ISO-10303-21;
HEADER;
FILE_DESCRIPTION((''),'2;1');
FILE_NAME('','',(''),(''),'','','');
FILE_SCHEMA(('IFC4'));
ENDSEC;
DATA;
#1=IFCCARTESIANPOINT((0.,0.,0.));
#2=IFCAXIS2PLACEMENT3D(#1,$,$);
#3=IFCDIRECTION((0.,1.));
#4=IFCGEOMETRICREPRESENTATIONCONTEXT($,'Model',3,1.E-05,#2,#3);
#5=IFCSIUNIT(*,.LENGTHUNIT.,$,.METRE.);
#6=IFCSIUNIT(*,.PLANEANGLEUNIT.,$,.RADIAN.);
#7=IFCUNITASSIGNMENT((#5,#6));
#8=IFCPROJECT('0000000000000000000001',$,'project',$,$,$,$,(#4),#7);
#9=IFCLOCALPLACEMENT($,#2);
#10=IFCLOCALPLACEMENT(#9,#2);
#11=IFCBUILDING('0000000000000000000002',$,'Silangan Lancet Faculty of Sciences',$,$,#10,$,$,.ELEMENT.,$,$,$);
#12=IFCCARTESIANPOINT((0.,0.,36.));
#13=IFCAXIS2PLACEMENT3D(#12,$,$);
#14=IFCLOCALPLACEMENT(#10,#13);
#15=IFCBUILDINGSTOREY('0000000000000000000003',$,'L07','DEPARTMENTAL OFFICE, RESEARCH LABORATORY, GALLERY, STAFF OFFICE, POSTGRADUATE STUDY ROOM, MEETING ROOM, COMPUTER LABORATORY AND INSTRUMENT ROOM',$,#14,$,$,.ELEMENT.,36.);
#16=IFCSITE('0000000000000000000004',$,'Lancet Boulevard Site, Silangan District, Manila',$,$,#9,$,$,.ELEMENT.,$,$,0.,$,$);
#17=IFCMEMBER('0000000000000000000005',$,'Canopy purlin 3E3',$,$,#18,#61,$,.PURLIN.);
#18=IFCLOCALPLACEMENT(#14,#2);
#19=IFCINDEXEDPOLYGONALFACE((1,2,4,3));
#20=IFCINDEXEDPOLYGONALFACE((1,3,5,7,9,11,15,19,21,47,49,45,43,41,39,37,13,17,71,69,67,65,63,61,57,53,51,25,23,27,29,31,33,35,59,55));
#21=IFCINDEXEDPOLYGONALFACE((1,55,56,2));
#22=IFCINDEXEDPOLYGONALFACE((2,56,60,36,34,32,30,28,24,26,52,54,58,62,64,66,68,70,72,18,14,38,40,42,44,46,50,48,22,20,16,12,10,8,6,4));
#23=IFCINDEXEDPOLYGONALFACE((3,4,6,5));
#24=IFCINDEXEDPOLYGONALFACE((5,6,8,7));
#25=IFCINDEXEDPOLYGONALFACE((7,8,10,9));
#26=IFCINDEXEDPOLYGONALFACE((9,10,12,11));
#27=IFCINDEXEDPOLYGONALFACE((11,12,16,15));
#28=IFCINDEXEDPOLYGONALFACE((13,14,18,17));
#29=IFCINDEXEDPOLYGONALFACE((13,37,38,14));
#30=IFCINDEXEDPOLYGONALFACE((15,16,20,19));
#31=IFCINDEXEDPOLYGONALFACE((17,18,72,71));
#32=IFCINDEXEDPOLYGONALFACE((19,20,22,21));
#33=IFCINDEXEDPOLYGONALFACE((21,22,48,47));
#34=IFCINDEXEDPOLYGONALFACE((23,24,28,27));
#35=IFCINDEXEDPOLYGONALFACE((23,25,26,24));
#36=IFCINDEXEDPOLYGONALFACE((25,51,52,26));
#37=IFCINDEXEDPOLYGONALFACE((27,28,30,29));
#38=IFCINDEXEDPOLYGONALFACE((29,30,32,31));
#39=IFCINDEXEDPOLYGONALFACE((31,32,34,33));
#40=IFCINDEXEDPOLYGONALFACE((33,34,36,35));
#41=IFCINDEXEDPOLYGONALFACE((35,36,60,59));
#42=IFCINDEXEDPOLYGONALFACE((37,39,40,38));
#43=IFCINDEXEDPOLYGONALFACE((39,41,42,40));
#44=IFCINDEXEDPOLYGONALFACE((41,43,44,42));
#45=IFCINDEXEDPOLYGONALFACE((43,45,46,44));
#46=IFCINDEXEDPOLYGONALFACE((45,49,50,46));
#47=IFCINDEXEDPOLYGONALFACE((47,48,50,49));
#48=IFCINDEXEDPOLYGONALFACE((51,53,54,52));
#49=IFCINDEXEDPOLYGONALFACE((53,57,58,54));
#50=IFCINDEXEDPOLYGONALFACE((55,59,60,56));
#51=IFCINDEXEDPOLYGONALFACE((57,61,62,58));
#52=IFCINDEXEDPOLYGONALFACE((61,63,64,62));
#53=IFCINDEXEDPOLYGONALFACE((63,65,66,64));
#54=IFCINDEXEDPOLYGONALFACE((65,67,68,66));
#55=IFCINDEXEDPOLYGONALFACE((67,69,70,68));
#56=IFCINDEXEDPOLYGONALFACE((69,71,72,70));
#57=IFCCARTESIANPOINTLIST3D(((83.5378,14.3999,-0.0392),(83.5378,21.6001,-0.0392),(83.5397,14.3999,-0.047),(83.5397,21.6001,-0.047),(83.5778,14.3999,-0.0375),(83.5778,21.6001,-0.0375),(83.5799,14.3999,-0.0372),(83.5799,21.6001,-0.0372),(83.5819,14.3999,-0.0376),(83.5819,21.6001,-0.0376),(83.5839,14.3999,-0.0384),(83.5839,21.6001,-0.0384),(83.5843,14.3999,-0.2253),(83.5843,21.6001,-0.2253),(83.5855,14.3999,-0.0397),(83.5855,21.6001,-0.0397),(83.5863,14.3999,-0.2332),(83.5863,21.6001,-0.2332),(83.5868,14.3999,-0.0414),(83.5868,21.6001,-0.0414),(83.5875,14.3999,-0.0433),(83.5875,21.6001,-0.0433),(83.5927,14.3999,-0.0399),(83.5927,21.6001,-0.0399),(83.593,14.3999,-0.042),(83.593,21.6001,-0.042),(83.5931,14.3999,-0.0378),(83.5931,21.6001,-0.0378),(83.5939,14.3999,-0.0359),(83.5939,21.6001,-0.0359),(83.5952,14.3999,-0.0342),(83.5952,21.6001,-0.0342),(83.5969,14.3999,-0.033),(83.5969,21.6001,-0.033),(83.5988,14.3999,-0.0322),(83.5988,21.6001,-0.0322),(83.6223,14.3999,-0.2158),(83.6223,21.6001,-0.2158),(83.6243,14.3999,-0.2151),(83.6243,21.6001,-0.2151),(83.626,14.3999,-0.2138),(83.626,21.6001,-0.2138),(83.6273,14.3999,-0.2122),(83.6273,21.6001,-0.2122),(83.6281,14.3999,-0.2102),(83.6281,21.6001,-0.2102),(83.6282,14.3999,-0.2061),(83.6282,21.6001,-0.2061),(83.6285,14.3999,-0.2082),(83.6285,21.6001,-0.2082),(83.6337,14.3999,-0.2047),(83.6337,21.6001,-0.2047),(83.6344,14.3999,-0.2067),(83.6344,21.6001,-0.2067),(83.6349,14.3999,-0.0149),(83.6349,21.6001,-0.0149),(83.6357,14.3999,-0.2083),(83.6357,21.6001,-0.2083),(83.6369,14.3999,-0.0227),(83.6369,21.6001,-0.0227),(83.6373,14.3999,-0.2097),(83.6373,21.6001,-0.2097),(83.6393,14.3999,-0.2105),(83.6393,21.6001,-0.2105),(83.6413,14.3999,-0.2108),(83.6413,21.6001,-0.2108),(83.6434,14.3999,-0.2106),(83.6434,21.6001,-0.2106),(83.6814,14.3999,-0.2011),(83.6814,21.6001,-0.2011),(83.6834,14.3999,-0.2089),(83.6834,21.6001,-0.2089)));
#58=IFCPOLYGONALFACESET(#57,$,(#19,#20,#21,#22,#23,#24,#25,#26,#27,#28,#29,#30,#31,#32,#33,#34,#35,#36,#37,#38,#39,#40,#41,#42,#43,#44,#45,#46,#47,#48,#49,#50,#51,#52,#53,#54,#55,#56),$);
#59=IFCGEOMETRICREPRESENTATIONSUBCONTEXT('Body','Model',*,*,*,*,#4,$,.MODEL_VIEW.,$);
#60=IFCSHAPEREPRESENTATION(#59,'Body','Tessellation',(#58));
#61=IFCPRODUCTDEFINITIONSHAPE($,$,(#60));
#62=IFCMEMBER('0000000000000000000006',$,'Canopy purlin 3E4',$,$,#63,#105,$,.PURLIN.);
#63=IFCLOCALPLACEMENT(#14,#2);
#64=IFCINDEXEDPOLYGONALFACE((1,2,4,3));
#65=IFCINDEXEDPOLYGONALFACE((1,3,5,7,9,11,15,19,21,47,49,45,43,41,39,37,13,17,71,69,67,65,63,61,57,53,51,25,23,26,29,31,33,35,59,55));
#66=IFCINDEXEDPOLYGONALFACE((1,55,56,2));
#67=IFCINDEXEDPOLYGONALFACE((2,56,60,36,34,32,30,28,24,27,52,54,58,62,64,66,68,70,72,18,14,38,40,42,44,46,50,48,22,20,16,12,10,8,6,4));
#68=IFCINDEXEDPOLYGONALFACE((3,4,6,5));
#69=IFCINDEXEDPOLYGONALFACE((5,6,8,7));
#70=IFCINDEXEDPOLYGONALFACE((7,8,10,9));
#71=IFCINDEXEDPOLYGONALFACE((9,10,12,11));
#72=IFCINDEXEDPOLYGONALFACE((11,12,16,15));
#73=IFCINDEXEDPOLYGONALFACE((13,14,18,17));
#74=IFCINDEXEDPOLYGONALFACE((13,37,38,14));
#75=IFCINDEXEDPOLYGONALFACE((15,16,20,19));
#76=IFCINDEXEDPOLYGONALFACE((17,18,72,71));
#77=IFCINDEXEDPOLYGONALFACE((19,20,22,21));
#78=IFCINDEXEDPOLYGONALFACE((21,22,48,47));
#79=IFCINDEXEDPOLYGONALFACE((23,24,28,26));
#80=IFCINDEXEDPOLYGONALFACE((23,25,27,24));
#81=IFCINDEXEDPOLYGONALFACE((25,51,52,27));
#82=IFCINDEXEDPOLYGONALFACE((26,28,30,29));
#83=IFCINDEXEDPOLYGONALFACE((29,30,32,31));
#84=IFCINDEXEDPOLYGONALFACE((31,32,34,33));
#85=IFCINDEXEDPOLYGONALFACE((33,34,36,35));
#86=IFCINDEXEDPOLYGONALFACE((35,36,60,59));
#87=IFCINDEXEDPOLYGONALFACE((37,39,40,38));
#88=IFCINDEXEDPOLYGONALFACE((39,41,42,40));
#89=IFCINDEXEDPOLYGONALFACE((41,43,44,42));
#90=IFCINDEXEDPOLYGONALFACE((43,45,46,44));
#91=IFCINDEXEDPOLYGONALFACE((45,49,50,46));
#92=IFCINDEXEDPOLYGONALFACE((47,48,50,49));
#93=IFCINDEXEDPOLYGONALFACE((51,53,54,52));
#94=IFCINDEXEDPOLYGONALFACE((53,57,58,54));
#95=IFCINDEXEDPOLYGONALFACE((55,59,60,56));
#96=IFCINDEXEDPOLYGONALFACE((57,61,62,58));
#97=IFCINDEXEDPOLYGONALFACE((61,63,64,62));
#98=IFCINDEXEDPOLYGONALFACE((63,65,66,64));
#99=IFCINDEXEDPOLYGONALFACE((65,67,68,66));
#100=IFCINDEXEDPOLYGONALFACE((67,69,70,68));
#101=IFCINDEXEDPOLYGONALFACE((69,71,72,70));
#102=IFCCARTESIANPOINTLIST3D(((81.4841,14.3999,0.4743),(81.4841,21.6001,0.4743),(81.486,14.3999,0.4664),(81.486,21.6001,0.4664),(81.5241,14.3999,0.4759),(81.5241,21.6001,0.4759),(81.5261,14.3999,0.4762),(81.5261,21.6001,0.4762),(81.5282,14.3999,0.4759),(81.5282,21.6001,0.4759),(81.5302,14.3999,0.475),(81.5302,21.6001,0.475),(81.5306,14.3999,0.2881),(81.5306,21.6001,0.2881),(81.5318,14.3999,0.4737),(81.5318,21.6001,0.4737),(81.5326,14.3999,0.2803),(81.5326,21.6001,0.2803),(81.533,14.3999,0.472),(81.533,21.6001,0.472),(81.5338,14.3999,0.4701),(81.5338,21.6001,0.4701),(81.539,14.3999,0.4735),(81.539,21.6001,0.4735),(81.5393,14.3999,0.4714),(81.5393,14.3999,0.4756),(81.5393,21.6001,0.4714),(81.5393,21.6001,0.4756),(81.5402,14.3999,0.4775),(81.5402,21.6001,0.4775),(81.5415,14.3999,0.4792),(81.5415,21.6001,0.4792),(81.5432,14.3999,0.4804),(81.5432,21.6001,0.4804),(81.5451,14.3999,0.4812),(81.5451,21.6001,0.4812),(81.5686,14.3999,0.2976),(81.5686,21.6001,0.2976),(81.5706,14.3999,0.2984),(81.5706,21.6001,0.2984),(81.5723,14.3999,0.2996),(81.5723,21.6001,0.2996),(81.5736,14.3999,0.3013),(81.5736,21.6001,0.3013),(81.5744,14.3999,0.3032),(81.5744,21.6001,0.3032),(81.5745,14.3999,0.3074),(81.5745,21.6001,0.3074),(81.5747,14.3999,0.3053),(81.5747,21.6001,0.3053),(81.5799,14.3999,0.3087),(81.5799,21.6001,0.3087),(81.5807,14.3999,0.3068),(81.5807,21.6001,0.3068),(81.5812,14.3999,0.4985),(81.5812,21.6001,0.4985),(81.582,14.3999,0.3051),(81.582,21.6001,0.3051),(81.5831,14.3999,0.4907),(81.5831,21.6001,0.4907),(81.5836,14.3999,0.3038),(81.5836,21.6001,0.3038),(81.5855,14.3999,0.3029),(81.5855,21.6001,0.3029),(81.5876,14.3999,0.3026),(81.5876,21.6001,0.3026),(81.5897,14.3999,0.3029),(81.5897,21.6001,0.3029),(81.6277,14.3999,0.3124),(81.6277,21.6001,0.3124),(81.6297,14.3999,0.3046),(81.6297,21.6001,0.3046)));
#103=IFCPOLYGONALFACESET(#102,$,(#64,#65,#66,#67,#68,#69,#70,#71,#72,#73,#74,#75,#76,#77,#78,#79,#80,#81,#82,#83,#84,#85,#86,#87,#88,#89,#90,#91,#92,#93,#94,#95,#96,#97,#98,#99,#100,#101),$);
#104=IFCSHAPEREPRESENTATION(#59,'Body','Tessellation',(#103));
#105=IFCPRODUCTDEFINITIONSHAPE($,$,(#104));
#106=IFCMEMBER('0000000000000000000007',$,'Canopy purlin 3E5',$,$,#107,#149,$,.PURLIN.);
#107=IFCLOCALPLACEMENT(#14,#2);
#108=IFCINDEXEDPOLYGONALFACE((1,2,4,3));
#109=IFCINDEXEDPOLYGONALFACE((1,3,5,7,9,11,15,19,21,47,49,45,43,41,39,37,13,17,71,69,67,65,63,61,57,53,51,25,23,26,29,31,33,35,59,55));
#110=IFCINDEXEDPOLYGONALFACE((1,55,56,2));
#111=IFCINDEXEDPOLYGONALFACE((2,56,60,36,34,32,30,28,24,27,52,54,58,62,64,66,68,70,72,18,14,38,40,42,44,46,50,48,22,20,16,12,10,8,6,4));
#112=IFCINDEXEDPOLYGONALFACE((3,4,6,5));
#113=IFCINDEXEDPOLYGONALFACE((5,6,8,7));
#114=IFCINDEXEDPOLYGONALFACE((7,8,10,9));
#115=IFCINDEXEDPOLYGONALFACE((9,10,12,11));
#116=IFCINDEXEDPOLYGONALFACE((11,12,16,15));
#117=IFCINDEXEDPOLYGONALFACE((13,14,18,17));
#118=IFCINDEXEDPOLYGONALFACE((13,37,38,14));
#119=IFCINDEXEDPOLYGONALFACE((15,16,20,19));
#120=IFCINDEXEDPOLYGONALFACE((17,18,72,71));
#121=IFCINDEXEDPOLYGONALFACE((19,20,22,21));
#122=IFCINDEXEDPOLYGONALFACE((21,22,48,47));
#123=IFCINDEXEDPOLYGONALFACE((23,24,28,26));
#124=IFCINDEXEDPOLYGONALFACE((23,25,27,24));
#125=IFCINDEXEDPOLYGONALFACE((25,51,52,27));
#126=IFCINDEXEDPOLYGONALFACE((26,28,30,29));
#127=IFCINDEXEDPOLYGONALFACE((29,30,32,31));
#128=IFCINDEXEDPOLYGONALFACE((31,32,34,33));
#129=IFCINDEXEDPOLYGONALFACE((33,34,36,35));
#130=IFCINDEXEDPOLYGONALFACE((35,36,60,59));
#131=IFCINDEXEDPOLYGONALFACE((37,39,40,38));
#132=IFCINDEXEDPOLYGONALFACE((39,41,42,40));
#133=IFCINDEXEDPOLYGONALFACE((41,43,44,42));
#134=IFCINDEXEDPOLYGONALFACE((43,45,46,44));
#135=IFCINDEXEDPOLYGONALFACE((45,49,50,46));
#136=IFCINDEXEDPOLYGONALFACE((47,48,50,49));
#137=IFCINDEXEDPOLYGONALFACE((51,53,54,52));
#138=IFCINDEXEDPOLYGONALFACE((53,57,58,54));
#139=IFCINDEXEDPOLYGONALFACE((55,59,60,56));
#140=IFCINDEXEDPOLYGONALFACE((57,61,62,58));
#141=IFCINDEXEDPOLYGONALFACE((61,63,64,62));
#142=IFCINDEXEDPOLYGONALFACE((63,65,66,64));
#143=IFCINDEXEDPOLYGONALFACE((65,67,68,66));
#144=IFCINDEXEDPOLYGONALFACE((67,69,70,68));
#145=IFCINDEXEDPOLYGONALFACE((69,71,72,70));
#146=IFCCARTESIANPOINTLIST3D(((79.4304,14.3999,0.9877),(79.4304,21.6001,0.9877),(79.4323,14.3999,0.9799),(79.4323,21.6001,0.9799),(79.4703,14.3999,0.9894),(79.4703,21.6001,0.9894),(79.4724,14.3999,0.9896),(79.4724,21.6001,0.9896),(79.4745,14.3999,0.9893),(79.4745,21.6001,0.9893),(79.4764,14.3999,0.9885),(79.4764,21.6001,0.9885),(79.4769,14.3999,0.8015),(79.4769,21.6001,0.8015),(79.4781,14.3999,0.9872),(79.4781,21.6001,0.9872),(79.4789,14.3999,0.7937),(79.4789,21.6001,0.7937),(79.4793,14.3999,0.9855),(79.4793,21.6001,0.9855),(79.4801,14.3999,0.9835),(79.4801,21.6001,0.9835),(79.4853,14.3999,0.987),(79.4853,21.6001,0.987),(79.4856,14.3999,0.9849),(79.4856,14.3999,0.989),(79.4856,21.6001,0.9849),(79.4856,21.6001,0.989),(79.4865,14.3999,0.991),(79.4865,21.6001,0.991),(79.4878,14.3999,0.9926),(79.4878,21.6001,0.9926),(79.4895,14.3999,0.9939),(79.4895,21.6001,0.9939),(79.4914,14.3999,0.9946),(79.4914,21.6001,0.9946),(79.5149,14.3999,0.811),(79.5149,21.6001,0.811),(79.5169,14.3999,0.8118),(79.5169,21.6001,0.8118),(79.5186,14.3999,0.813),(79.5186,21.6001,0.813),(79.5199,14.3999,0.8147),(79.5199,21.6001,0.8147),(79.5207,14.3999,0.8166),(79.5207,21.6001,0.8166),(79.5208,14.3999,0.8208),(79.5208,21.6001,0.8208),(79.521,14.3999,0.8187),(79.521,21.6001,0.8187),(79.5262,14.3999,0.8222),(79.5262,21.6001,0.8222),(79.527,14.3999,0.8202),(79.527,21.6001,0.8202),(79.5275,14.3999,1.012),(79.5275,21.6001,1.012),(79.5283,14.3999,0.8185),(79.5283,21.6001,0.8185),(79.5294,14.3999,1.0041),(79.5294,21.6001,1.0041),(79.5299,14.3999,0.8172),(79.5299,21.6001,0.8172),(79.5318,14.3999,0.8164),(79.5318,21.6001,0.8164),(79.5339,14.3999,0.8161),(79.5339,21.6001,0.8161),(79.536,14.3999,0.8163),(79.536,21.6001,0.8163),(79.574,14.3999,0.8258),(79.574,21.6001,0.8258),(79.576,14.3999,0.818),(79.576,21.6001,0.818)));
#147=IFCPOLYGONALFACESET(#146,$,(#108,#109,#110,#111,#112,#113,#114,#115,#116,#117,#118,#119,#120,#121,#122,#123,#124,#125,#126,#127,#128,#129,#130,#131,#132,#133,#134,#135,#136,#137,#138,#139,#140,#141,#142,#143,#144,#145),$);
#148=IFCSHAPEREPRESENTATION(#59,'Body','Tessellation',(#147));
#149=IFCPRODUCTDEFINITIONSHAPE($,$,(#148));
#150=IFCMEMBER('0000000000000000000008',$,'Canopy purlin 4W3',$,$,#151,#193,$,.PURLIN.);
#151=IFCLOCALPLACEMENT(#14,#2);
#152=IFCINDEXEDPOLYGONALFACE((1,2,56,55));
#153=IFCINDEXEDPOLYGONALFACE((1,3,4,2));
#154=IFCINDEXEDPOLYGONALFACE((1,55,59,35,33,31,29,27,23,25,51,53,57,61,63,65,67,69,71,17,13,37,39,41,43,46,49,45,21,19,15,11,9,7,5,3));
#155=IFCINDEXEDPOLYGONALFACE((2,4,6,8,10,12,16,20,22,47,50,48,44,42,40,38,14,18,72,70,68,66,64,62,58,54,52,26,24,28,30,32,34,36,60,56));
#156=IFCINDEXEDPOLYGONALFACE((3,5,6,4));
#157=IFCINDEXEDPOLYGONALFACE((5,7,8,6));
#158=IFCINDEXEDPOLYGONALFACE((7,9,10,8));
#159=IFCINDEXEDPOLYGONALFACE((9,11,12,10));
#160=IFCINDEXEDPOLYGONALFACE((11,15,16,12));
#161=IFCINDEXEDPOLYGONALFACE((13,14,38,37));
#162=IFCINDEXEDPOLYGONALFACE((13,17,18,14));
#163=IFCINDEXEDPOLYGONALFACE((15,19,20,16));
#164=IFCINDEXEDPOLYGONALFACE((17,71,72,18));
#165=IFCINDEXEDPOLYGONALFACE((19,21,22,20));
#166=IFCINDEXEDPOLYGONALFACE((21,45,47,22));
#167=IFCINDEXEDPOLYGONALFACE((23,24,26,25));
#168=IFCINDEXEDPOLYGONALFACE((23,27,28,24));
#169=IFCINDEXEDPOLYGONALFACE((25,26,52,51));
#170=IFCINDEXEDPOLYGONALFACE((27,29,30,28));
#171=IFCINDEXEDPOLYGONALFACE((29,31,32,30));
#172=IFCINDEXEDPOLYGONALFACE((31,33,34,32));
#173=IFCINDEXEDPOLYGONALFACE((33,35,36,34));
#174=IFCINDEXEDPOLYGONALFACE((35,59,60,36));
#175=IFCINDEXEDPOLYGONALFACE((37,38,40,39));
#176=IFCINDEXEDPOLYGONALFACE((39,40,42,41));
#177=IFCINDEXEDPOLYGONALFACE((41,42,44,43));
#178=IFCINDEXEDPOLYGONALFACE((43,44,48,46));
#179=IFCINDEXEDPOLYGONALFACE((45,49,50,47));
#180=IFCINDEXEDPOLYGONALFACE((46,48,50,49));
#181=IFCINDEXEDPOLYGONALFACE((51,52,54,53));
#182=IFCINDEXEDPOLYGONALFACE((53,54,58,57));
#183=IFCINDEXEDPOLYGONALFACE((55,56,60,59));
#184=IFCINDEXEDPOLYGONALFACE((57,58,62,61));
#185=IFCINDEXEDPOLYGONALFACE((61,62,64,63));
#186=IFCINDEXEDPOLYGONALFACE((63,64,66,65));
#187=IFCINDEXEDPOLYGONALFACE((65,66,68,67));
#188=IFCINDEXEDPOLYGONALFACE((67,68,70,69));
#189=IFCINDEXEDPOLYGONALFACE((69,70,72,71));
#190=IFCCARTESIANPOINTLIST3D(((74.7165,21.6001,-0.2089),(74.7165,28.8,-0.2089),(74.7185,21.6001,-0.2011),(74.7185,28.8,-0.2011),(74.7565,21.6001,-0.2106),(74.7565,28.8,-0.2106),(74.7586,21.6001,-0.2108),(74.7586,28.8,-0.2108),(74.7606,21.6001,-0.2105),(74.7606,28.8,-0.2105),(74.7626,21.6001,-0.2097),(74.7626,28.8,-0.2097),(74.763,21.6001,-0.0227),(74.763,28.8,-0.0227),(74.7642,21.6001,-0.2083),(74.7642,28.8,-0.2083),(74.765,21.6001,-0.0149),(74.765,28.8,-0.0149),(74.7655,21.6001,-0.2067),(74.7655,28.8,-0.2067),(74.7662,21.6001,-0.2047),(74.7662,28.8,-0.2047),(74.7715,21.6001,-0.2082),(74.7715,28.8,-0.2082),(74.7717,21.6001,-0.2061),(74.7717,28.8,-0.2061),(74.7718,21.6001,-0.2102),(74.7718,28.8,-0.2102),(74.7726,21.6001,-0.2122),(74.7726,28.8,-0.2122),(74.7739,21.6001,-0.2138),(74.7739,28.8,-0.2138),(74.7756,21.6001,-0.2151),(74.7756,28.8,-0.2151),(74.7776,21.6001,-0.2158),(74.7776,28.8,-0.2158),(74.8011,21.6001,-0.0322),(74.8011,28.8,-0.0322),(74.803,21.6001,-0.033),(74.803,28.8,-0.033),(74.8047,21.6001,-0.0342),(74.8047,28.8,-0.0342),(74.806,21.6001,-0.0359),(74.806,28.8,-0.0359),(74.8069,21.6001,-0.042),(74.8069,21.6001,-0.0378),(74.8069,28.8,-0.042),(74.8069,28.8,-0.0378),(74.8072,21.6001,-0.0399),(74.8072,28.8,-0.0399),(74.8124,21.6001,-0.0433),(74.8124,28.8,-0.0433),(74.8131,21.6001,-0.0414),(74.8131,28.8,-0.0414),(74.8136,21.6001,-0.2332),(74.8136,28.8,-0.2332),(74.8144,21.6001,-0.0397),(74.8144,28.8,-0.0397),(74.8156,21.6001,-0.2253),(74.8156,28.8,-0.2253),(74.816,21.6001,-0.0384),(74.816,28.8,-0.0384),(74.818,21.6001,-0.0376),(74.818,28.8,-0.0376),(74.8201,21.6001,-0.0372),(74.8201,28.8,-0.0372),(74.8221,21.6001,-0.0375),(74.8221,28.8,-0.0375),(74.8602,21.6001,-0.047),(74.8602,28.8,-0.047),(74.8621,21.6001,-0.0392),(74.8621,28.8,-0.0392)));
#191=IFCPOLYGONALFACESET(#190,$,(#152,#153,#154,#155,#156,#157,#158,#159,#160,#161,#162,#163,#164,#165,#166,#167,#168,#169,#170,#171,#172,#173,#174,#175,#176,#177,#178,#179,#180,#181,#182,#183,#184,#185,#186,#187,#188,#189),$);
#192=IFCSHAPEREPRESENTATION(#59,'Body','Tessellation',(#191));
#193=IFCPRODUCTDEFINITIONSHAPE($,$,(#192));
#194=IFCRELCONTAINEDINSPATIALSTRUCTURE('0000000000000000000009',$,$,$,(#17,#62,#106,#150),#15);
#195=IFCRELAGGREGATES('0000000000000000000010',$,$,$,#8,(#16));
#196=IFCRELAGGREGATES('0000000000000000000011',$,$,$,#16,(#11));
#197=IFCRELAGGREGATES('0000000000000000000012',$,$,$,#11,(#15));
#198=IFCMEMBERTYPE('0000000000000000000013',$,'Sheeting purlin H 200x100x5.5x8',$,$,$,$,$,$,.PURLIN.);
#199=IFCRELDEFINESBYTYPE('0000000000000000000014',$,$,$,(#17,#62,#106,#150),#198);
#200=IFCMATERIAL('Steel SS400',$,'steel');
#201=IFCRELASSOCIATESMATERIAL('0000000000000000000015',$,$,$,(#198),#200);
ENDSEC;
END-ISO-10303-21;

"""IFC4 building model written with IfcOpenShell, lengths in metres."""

from ifc_helpers import new_model, si_unit, direction, frame, origin, origin_2d, place, context, subcontext, project, spatial, i_section, extrude, material, material_profile, profile_set, type_object, element, save


model = new_model("IFC4")

# Units and contexts
model_context = context("Model", 3, precision=1e-05, world=origin(), true_north=direction((0.0, 1.0)))
body_context = subcontext(model_context, "Body", "Model", "MODEL_VIEW")
ifc_project = project(units=[si_unit("LENGTHUNIT", "METRE"), si_unit("PLANEANGLEUNIT", "RADIAN")], contexts=[model_context])

# Site, building, storey
site_placement = place(None, origin())
site = spatial("IfcSite", under=ifc_project, at=site_placement, Name="Lancet Boulevard Site, Silangan District, Manila", CompositionType="ELEMENT", RefElevation=0.0)
building_placement = place(site_placement, origin())
building = spatial("IfcBuilding", under=site, at=building_placement, Name="Silangan Lancet Faculty of Sciences", CompositionType="ELEMENT")
storey_placement = place(building_placement, frame((0.0, 0.0, 36.0)))
storey = spatial("IfcBuildingStorey", under=building, at=storey_placement, Name="L07", Description="DEPARTMENTAL OFFICE, RESEARCH LABORATORY, GALLERY, STAFF OFFICE, POSTGRADUATE STUDY ROOM, MEETING ROOM, COMPUTER LABORATORY AND INSTRUMENT ROOM", CompositionType="ELEMENT", Elevation=36.0)

# Members
ifc_material_1 = material(Name="Steel SS400", Category="steel")
ifc_material_profile_1 = material_profile(ifc_material_1, i_section(OverallWidth=0.1001, OverallDepth=0.2, WebThickness=0.0056, FlangeThickness=0.0081, FilletRadius=0.0081, at=origin_2d()), Name="H 200x100x5.5x8")
ifc_profile_set_1 = profile_set([ifc_material_profile_1], Name="Steel SS400")
member_type_1 = type_object("IfcMemberType", Name="Sheeting purlin H 200x100x5.5x8", PredefinedType="PURLIN", material=ifc_profile_set_1)
for number, where, z_axis, x_axis, name in (
    (1, (83.6106, 14.3999, -0.124), (0.0, 1.0, 0.0), (-0.970143, 0.0, -0.242536), "Canopy purlin 3E3"),
    (2, (81.5569, 14.3999, 0.3894), (0.0, 1.0, 0.0), (-0.970143, 0.0, -0.242536), "Canopy purlin 3E4"),
    (3, (79.5032, 14.3999, 0.9028), (0.0, 1.0, 0.0), (-0.970143, 0.0, -0.242536), "Canopy purlin 3E5"),
):
    element("IfcMember", number, at=place(storey_placement, frame(where, z_axis=z_axis, x_axis=x_axis)), inside=storey, type_object=member_type_1, Name=name, PredefinedType="PURLIN", context=body_context, shape_type="SweptSolid", body=[
        extrude(i_section(OverallWidth=0.1001, OverallDepth=0.2, WebThickness=0.0056, FlangeThickness=0.0081, FilletRadius=0.0081, at=origin_2d()), origin(), (0.0, 0.0, 1.0), 7.2002),
    ])
for number, where, z_axis, x_axis, name in (
    (4, (74.7893, 21.6001, -0.124), (0.0, 1.0, 0.0), (-0.970143, 0.0, 0.242536), "Canopy purlin 4W3"),
):
    element("IfcMember", number, at=place(storey_placement, frame(where, z_axis=z_axis, x_axis=x_axis)), inside=storey, type_object=member_type_1, Name=name, PredefinedType="PURLIN", context=body_context, shape_type="SweptSolid", body=[
        extrude(i_section(OverallWidth=0.1001, OverallDepth=0.2, WebThickness=0.0056, FlangeThickness=0.0081, FilletRadius=0.0081, at=origin_2d()), origin(), (0.0, 0.0, 1.0), 7.2),
    ])

save(model, "model.ifc")
